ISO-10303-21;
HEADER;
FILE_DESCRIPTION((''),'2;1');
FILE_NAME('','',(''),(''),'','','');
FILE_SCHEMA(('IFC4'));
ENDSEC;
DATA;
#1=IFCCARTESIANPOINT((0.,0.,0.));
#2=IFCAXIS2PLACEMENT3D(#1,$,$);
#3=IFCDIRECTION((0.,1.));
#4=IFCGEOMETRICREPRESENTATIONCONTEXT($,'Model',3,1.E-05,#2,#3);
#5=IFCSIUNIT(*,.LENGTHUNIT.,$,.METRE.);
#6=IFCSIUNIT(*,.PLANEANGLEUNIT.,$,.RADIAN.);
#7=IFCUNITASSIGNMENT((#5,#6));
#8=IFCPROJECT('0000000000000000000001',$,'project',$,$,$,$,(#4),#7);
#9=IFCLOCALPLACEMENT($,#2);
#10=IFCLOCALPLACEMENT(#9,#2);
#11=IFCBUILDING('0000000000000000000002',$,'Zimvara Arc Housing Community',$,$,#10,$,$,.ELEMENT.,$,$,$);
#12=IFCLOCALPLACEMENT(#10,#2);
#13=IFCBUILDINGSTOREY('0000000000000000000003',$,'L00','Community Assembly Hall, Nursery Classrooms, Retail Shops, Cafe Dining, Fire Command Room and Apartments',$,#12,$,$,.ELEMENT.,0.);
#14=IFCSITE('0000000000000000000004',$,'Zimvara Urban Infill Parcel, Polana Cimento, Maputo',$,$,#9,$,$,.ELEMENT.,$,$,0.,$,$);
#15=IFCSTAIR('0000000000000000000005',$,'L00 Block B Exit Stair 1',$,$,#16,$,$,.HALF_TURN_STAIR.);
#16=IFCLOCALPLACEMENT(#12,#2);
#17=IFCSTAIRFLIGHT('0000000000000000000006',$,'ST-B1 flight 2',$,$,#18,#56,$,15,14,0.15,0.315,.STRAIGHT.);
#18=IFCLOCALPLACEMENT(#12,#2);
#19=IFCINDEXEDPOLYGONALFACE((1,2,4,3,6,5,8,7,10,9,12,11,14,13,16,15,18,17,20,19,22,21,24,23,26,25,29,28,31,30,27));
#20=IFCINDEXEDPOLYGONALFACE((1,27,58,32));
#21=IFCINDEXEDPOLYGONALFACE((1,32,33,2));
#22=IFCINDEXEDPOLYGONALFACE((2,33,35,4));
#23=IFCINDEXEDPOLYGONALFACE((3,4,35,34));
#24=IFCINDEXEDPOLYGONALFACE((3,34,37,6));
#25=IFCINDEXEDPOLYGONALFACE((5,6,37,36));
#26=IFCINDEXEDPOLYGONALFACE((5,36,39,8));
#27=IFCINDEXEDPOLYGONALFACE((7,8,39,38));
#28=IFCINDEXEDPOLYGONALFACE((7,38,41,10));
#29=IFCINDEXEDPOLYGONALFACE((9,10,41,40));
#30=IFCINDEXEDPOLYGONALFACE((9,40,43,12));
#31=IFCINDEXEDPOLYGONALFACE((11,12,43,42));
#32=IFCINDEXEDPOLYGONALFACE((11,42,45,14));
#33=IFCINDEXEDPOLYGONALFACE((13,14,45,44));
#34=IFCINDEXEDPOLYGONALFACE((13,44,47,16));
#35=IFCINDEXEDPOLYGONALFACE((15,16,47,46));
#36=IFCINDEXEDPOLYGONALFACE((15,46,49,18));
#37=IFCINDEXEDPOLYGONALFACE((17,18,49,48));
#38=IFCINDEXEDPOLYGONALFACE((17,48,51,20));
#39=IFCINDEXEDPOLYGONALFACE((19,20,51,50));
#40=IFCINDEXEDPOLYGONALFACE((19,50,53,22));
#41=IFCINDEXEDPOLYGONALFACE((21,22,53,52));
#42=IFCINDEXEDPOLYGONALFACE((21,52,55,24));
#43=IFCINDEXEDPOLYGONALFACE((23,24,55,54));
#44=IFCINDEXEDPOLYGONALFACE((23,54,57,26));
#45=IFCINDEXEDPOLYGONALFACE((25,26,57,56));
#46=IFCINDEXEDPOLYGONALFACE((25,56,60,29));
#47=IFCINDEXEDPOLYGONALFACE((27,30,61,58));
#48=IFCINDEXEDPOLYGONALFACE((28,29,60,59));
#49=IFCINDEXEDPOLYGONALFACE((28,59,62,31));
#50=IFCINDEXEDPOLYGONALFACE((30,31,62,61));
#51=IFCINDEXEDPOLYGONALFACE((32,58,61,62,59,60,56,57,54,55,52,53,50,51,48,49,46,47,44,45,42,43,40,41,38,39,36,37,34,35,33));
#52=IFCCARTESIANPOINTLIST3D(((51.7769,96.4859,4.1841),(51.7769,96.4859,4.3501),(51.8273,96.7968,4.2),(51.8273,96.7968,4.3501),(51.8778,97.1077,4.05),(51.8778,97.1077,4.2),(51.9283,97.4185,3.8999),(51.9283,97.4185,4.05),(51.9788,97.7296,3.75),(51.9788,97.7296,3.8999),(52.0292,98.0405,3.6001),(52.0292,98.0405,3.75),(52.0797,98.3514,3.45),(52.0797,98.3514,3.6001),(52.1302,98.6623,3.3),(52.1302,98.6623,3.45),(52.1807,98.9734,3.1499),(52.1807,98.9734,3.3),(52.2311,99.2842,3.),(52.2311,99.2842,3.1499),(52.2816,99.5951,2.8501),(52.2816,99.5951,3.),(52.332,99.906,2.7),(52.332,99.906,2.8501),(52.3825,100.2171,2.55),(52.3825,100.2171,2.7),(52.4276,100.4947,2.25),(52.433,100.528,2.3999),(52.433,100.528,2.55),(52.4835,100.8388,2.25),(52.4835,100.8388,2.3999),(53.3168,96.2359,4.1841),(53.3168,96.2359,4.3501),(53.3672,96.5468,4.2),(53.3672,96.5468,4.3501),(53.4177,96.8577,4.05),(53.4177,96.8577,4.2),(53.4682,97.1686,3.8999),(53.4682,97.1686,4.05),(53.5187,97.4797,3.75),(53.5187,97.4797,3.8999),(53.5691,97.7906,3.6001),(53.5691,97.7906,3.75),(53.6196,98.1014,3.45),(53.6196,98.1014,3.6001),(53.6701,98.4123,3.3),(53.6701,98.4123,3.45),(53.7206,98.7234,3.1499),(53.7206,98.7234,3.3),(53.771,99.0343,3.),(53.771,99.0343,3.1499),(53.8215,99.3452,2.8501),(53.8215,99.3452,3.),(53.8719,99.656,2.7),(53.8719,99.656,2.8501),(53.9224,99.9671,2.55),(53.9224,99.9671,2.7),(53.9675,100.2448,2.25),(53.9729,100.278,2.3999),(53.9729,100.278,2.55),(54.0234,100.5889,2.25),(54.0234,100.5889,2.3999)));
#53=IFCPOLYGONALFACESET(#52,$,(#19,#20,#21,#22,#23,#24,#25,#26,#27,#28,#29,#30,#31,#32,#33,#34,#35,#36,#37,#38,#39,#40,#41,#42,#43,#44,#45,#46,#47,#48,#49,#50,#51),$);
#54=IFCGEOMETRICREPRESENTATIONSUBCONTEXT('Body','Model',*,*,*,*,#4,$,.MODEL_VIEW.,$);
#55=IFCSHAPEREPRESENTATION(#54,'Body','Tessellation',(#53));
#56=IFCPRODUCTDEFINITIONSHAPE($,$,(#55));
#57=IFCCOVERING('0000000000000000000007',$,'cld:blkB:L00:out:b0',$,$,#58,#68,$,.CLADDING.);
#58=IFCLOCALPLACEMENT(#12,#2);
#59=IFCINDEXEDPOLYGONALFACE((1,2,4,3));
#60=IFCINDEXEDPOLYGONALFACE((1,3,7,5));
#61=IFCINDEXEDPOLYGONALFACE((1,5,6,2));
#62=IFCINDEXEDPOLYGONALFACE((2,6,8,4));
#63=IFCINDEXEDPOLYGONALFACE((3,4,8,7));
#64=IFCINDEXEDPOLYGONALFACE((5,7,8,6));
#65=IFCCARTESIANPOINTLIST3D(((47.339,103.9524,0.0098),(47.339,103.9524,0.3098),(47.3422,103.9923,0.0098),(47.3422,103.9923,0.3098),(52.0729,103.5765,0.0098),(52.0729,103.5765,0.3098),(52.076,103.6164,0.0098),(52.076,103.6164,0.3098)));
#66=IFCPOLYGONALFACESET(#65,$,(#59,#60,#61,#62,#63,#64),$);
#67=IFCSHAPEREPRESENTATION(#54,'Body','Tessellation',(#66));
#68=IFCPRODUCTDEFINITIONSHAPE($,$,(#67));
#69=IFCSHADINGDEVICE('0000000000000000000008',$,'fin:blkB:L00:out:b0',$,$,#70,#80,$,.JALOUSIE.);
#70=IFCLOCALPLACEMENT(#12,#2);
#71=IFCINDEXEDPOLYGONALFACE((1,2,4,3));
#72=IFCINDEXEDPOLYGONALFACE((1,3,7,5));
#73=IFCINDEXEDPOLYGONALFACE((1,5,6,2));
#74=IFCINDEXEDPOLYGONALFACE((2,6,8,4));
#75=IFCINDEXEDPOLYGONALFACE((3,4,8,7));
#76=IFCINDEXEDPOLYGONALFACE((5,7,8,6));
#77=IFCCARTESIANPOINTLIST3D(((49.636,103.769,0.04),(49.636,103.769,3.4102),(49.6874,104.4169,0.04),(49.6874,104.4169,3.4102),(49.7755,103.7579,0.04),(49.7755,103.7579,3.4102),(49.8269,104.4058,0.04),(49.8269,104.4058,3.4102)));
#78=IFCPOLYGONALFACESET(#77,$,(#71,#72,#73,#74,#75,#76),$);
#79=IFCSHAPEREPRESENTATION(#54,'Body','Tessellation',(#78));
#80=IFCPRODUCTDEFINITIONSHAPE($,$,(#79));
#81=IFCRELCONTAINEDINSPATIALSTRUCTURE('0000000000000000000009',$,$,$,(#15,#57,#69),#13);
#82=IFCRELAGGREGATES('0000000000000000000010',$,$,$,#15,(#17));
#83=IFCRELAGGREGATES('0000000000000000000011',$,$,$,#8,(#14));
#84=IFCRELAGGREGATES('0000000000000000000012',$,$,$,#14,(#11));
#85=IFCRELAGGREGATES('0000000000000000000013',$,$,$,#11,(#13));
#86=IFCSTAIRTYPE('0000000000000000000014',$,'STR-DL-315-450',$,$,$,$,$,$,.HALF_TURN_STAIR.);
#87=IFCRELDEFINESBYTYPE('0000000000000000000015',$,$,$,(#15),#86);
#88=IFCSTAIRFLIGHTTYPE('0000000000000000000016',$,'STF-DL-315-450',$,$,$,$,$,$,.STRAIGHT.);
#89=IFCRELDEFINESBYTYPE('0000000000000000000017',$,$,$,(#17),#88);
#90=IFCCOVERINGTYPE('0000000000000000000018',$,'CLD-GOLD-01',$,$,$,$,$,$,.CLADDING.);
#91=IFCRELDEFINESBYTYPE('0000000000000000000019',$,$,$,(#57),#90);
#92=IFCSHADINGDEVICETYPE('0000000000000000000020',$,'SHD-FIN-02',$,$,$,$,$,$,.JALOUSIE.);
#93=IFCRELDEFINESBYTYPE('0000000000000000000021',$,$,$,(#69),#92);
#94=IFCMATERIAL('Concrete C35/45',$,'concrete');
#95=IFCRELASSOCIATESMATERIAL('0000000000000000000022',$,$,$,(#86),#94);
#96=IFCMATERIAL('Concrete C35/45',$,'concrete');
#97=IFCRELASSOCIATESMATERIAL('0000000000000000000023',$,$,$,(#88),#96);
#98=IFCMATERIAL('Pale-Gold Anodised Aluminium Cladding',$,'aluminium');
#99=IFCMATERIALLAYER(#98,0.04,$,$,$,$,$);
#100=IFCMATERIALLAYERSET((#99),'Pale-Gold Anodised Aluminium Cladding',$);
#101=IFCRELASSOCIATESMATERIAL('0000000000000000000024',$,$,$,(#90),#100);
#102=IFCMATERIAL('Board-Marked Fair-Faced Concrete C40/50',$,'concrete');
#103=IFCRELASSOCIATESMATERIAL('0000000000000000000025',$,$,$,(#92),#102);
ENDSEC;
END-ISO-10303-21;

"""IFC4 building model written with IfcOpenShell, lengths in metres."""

from ifc_helpers import new_model, si_unit, direction, frame, origin, origin_2d, place, context, subcontext, project, spatial, polyline, rectangle, outline, extrude, material, layer, layer_set, type_object, element, aggregate, save


model = new_model("IFC4")

# Units and contexts
model_context = context("Model", 3, precision=1e-05, world=origin(), true_north=direction((0.0, 1.0)))
body_context = subcontext(model_context, "Body", "Model", "MODEL_VIEW")
ifc_project = project(units=[si_unit("LENGTHUNIT", "METRE"), si_unit("PLANEANGLEUNIT", "RADIAN")], contexts=[model_context])

# Site, building, storey
site_placement = place(None, origin())
site = spatial("IfcSite", under=ifc_project, at=site_placement, Name="Zimvara Urban Infill Parcel, Polana Cimento, Maputo", CompositionType="ELEMENT", RefElevation=0.0)
building_placement = place(site_placement, origin())
building = spatial("IfcBuilding", under=site, at=building_placement, Name="Zimvara Arc Housing Community", CompositionType="ELEMENT")
storey_placement = place(building_placement, origin())
storey = spatial("IfcBuildingStorey", under=building, at=storey_placement, Name="L00", Description="Community Assembly Hall, Nursery Classrooms, Retail Shops, Cafe Dining, Fire Command Room and Apartments", CompositionType="ELEMENT", Elevation=0.0)

# Stair, stair flight
ifc_material_1 = material(Name="Concrete C35/45", Category="concrete")
stair_type = type_object("IfcStairType", Name="STR-DL-315-450", PredefinedType="HALF_TURN_STAIR", material=ifc_material_1)
stair_placement = place(storey_placement, origin())
stair = element("IfcStair", 1, at=stair_placement, inside=storey, type_object=stair_type, Name="L00 Block B Exit Stair 1", PredefinedType="HALF_TURN_STAIR")
ifc_material_2 = material(Name="Concrete C35/45", Category="concrete")
stair_flight_type = type_object("IfcStairFlightType", Name="STF-DL-315-450", PredefinedType="STRAIGHT", material=ifc_material_2)
stair_flight_placement = place(storey_placement, frame((53.2534, 100.7139, 2.25), z_axis=(0.0, 0.0, 1.0), x_axis=(-0.160226, -0.98708, 0.0)))
stair_flight = element("IfcStairFlight", 2, at=stair_flight_placement, type_object=stair_flight_type, Name="ST-B1 flight 2", NumberOfRisers=15, NumberOfTreads=14, PredefinedType="STRAIGHT", RiserHeight=0.15, TreadLength=0.315, context=body_context, shape_type="SweptSolid", body=[
    extrude(outline(polyline([(0.0, 0.0), (0.0, 0.1499), (0.3149, 0.1499), (0.3149, 0.3), (0.6299, 0.3), (0.6299, 0.45), (0.9451, 0.45), (0.9451, 0.6001), (1.26, 0.6001), (1.26, 0.75), (1.575, 0.75), (1.575, 0.8999), (1.8899, 0.8999), (1.8899, 1.05), (2.2051, 1.05), (2.2051, 1.2), (2.52, 1.2), (2.52, 1.3501), (2.835, 1.3501), (2.835, 1.5), (3.1499, 1.5), (3.1499, 1.6499), (3.4651, 1.6499), (3.4651, 1.8), (3.78, 1.8), (3.78, 1.95), (4.095, 1.95), (4.095, 2.1001), (4.4099, 2.1001), (4.4099, 2.25), (4.4099, 1.9341), (0.3486, 0.0), (0.0, 0.0)])), frame((0.0, 0.78, 0.0), z_axis=(0.0, -1.0, 0.0), x_axis=(1.0, 0.0, 0.0)), (0.0, 0.0, 1.0), 1.5601),
])
aggregate(stair, [stair_flight])

# Covering
ifc_material_3 = material(Name="Pale-Gold Anodised Aluminium Cladding", Category="aluminium")
ifc_layer_1 = layer(ifc_material_3, 0.04)
ifc_layer_set_1 = layer_set([ifc_layer_1], Name="Pale-Gold Anodised Aluminium Cladding")
covering_type = type_object("IfcCoveringType", Name="CLD-GOLD-01", PredefinedType="CLADDING", material=ifc_layer_set_1)
covering_placement = place(storey_placement, frame((49.7075, 103.7844, 0.0098), z_axis=(0.0, 0.0, 1.0), x_axis=(0.996862, -0.079155, 0.0)))
element("IfcCovering", 3, at=covering_placement, inside=storey, type_object=covering_type, Name="cld:blkB:L00:out:b0", PredefinedType="CLADDING", context=body_context, shape_type="SweptSolid", body=[
    extrude(rectangle(XDim=4.7488, YDim=0.04, at=origin_2d()), origin(), (0.0, 0.0, 1.0), 0.3),
])

# Shading device
ifc_material_4 = material(Name="Board-Marked Fair-Faced Concrete C40/50", Category="concrete")
shading_device_type = type_object("IfcShadingDeviceType", Name="SHD-FIN-02", PredefinedType="JALOUSIE", material=ifc_material_4)
shading_device_placement = place(storey_placement, frame((49.7314, 104.0874, 0.04), z_axis=(0.0, 0.0, 1.0), x_axis=(0.996862, -0.079155, 0.0)))
element("IfcShadingDevice", 4, at=shading_device_placement, inside=storey, type_object=shading_device_type, Name="fin:blkB:L00:out:b0", PredefinedType="JALOUSIE", context=body_context, shape_type="SweptSolid", body=[
    extrude(rectangle(XDim=0.1399, YDim=0.6499, at=origin_2d()), origin(), (0.0, 0.0, 1.0), 3.3701),
])

save(model, "model.ifc")
